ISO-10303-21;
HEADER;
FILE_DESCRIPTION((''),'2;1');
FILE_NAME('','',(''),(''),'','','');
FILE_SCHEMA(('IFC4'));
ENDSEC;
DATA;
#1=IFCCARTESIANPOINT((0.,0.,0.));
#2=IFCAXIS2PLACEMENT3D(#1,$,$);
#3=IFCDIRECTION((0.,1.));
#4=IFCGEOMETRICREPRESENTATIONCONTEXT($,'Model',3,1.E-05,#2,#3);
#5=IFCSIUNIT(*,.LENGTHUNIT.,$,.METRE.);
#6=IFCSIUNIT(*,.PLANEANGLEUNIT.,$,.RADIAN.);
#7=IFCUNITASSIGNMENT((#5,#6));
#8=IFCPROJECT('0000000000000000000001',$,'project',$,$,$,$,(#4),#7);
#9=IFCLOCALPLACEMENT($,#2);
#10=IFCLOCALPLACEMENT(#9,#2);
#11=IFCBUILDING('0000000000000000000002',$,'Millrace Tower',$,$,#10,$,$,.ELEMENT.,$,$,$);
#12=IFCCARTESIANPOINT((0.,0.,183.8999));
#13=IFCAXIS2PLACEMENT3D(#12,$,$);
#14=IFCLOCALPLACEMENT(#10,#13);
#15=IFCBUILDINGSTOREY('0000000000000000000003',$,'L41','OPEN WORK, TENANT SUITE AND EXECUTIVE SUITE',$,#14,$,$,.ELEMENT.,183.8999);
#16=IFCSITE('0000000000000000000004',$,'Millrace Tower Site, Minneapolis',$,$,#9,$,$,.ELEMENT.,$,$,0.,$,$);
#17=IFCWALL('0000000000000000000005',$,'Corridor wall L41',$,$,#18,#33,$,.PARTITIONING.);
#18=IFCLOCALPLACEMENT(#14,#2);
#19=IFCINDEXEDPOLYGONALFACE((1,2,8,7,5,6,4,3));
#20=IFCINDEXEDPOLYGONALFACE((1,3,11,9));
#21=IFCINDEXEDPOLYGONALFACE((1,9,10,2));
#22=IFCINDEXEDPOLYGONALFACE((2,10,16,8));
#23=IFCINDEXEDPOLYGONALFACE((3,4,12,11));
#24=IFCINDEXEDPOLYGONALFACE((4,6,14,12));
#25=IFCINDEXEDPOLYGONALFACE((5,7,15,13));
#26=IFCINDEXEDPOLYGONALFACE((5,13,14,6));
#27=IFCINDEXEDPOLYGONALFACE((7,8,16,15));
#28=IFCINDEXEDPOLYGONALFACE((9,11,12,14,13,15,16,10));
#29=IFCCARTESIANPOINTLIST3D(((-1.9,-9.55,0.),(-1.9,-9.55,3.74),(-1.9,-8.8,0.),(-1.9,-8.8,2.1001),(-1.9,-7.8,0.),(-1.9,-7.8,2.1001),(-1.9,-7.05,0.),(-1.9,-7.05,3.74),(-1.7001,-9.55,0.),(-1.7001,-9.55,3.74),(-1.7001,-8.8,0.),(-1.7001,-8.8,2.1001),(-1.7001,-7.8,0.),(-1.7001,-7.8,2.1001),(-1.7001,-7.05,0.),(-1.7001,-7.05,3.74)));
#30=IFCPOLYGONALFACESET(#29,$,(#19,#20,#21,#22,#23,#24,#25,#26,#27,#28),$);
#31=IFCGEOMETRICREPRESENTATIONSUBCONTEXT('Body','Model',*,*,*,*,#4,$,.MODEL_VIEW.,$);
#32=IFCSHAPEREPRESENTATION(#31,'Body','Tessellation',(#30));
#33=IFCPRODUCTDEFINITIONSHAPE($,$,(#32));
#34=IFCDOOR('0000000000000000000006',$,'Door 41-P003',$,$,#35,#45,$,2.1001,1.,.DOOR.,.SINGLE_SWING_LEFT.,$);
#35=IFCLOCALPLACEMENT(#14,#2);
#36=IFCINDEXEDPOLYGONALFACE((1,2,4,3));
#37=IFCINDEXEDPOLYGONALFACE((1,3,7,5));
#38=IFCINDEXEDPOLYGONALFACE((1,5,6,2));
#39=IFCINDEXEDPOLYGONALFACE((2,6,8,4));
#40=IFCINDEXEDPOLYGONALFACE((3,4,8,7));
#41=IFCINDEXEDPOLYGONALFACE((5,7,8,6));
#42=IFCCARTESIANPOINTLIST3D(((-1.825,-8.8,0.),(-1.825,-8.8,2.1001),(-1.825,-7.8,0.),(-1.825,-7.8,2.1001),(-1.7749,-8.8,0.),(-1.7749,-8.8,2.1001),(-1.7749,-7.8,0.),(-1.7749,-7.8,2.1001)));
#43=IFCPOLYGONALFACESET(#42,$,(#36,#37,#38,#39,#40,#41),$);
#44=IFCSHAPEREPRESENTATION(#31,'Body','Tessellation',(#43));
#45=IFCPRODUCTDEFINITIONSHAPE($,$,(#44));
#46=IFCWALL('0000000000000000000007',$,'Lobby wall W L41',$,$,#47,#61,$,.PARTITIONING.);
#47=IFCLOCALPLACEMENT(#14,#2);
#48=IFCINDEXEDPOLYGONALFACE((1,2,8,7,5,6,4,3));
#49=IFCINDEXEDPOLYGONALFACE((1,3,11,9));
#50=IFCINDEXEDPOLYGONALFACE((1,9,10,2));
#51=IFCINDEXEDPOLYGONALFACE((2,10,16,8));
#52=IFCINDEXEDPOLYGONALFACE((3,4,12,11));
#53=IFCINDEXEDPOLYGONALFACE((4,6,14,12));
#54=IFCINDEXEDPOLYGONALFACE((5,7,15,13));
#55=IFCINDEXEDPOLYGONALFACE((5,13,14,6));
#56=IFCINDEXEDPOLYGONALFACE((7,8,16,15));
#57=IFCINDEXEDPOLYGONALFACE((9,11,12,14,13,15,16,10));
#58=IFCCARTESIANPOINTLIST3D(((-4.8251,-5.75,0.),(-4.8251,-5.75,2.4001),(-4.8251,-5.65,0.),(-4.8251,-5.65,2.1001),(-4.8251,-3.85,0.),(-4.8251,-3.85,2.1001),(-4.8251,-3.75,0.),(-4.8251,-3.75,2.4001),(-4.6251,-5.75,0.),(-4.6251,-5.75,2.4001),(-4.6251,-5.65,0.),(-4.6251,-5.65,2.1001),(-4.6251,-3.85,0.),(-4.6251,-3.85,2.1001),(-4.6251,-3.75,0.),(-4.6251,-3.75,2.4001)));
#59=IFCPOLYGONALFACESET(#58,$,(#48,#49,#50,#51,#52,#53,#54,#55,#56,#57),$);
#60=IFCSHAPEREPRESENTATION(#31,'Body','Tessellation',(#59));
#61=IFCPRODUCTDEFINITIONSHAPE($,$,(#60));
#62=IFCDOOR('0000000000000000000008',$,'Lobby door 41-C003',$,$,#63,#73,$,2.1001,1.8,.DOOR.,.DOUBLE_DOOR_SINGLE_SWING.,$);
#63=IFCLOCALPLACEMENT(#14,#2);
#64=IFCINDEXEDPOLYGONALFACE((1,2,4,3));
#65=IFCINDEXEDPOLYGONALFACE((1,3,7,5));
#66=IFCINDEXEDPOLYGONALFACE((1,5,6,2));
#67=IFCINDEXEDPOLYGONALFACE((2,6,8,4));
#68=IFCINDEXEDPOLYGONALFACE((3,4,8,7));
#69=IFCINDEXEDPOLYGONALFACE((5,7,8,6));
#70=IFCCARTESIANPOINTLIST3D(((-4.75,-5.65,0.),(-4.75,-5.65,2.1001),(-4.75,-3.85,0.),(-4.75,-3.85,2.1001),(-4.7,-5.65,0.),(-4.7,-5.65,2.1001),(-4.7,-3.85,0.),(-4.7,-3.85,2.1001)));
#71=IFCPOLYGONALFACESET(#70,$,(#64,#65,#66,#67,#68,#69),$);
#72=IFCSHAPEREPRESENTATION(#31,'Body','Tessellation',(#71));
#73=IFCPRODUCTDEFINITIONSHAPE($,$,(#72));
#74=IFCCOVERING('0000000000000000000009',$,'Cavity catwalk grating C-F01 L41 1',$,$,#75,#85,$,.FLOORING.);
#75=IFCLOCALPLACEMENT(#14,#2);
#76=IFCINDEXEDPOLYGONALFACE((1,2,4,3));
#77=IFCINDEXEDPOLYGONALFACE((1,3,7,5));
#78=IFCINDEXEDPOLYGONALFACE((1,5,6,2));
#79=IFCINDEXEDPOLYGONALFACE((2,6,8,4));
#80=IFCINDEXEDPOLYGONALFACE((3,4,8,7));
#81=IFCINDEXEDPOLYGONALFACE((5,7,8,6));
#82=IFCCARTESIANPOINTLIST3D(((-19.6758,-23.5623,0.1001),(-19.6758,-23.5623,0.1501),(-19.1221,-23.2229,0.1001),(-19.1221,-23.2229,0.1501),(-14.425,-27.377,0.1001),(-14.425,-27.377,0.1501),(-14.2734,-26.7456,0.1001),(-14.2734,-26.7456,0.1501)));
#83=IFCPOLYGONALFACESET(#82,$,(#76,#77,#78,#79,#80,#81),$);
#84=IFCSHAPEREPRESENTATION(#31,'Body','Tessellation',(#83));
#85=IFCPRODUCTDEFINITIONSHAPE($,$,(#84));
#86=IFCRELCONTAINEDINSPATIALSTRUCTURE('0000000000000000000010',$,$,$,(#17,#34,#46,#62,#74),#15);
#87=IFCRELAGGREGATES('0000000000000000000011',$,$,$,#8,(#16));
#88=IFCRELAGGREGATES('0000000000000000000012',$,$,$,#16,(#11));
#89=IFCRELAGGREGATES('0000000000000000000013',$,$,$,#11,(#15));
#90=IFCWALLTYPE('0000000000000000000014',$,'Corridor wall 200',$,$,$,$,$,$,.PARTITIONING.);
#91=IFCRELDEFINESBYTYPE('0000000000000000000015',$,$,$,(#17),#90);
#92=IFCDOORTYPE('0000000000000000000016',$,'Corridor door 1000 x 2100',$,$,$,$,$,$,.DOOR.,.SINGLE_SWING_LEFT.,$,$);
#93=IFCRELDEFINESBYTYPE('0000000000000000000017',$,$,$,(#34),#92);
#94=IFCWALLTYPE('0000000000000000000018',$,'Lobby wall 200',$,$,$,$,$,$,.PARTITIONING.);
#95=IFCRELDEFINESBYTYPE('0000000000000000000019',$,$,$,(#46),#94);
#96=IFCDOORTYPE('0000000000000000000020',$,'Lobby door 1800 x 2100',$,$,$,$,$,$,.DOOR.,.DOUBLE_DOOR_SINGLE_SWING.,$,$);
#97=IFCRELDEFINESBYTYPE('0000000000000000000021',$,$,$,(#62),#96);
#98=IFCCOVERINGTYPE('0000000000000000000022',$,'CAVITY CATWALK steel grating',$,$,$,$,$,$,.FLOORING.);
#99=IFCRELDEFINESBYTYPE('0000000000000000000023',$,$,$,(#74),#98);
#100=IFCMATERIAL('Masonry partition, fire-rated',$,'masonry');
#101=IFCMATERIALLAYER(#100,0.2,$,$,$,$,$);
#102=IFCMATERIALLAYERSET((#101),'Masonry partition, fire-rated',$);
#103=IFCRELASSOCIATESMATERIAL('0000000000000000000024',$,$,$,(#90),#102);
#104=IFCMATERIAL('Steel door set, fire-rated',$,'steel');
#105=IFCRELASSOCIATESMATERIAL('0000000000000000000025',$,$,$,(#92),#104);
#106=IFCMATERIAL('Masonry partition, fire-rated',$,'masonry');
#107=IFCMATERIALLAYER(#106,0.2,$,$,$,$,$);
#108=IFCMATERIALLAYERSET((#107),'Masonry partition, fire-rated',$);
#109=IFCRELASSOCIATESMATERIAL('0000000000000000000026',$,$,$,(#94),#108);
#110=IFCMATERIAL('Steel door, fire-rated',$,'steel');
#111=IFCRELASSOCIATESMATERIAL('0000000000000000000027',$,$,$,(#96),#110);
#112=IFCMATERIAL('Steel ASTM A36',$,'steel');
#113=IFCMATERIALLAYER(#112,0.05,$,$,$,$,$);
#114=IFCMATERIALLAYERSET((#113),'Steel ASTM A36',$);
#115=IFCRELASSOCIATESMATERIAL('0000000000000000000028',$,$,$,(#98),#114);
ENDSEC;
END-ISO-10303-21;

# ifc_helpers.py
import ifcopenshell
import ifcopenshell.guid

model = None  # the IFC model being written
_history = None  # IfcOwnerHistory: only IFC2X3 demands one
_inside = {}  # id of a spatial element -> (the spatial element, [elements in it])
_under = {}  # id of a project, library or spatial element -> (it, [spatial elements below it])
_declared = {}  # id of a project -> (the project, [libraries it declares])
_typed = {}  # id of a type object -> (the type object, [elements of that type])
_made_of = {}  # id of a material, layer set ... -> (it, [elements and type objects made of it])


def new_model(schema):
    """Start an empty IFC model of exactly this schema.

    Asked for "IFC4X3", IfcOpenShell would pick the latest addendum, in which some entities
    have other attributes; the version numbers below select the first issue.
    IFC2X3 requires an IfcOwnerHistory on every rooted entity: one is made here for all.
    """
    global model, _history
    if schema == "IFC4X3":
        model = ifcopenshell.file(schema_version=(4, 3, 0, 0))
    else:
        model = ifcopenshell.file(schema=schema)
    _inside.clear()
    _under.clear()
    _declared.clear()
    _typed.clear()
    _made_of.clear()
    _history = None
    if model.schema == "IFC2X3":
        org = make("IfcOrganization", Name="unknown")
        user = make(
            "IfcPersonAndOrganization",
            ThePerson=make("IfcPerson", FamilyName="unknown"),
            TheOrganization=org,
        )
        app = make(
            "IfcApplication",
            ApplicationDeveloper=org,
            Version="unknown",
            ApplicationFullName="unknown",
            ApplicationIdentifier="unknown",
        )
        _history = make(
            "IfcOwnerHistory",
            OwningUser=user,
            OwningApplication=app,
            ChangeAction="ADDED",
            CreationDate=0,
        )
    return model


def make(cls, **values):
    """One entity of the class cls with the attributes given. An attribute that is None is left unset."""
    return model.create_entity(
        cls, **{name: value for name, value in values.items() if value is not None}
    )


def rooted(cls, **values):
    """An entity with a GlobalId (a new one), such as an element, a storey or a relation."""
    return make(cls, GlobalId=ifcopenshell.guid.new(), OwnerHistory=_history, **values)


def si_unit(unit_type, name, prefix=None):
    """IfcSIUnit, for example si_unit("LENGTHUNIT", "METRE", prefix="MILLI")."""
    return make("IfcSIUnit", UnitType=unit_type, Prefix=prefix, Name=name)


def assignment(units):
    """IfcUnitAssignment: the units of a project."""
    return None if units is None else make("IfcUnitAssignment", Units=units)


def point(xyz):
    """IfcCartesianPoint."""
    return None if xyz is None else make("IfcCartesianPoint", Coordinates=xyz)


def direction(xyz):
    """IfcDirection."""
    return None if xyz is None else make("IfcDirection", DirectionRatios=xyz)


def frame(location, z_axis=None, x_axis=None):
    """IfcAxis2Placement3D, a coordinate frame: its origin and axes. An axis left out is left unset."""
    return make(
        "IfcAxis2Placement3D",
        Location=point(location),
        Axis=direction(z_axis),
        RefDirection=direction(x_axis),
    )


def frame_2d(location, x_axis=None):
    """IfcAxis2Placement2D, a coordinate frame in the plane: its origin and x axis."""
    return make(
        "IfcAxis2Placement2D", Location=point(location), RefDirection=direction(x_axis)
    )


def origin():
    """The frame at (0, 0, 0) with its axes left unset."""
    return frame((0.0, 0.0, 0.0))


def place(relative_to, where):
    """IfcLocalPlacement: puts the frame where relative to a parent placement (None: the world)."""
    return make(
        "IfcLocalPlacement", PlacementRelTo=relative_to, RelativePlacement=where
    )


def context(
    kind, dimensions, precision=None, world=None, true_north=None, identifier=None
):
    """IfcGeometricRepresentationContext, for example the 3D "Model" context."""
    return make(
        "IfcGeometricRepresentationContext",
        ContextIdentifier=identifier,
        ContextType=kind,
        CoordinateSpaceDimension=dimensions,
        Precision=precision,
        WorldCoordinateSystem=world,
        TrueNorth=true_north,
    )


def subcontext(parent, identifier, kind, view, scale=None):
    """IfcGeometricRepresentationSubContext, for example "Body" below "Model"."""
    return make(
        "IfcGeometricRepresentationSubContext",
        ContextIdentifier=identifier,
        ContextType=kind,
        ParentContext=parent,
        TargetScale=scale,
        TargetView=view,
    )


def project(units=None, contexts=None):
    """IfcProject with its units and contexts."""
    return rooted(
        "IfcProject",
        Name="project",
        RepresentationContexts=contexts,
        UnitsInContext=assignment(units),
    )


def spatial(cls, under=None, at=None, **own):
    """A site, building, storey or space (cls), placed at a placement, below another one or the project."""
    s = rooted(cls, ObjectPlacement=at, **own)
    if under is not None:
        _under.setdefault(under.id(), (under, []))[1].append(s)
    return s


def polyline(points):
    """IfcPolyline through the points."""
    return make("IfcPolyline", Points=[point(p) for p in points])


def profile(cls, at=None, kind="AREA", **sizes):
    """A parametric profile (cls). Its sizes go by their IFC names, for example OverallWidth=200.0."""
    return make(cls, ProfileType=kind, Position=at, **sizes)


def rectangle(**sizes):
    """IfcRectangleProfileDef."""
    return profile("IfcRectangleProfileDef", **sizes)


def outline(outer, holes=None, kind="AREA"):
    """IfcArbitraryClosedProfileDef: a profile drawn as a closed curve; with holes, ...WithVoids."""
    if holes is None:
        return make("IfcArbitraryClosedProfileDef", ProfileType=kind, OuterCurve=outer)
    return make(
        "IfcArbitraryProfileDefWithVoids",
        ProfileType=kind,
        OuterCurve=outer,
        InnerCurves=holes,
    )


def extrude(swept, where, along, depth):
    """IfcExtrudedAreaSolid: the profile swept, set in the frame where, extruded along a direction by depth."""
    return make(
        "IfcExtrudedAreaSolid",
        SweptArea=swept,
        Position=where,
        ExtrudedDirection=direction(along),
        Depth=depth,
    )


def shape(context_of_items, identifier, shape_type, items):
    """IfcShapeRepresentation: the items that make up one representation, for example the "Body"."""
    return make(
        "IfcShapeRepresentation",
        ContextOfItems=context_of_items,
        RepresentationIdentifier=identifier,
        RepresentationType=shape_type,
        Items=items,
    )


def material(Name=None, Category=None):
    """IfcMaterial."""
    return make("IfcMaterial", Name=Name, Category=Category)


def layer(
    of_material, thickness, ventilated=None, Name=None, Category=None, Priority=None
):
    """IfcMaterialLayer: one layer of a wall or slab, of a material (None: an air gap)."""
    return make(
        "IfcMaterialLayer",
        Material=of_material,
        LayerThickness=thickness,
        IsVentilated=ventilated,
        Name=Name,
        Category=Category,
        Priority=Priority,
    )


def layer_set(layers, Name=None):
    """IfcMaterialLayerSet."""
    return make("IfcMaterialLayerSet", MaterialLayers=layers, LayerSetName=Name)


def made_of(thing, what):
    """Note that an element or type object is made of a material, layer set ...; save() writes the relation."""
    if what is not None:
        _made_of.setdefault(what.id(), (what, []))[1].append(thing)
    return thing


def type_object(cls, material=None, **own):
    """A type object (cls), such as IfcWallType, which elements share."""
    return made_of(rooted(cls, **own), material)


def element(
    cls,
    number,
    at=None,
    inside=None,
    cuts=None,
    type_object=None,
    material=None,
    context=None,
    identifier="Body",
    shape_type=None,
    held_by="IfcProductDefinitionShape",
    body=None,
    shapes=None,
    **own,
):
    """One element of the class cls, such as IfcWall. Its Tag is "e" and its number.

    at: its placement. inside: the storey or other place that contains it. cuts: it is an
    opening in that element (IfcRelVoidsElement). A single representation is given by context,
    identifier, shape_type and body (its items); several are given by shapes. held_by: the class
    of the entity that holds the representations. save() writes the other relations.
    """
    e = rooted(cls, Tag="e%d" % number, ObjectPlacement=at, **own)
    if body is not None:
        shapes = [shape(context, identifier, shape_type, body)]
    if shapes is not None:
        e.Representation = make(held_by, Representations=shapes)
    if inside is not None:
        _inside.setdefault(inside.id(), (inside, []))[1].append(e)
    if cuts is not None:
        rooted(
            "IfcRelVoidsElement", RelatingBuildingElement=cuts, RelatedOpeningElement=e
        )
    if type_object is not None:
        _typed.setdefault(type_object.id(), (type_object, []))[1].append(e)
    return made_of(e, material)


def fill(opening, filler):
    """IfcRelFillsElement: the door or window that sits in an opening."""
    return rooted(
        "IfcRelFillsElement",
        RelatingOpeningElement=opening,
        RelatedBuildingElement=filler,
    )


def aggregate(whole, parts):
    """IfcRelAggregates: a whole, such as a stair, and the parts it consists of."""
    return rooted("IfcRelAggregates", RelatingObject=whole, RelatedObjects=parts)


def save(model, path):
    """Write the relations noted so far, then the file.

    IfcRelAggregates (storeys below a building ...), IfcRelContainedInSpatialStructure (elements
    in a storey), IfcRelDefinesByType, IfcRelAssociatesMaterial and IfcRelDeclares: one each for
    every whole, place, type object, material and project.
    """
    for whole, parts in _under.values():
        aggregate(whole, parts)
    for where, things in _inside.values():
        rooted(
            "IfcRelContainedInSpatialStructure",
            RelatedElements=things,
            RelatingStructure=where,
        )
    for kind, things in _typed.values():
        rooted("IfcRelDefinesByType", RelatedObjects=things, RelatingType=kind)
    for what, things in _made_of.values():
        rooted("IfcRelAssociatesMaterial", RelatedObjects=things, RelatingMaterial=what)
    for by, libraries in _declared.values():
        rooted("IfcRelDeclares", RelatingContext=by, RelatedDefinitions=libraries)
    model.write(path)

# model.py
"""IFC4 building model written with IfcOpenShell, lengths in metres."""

from ifc_helpers import new_model, si_unit, direction, frame, frame_2d, origin, place, context, subcontext, project, spatial, polyline, rectangle, outline, extrude, material, layer, layer_set, type_object, element, fill, save


model = new_model("IFC4")

# Units and contexts
model_context = context("Model", 3, precision=1e-05, world=origin(), true_north=direction((0.0, 1.0)))
body_context = subcontext(model_context, "Body", "Model", "MODEL_VIEW")
ifc_project = project(units=[si_unit("LENGTHUNIT", "METRE"), si_unit("PLANEANGLEUNIT", "RADIAN")], contexts=[model_context])

# Site, building, storey
site_placement = place(None, origin())
site = spatial("IfcSite", under=ifc_project, at=site_placement, Name="Millrace Tower Site, Minneapolis", CompositionType="ELEMENT", RefElevation=0.0)
building_placement = place(site_placement, origin())
building = spatial("IfcBuilding", under=site, at=building_placement, Name="Millrace Tower", CompositionType="ELEMENT")
storey_placement = place(building_placement, frame((0.0, 0.0, 183.8999)))
storey = spatial("IfcBuildingStorey", under=building, at=storey_placement, Name="L41", Description="OPEN WORK, TENANT SUITE AND EXECUTIVE SUITE", CompositionType="ELEMENT", Elevation=183.8999)

# Shared definitions
ifc_material_1 = material(Name="Masonry partition, fire-rated", Category="masonry")
ifc_layer_1 = layer(ifc_material_1, 0.2)
ifc_layer_set_1 = layer_set([ifc_layer_1], Name="Masonry partition, fire-rated")
wall_type_1 = type_object("IfcWallType", Name="Corridor wall 200", PredefinedType="PARTITIONING", material=ifc_layer_set_1)

# Walls, openings, doors
wall_1_placement = place(storey_placement, frame((-1.8, -9.55, 0.0), z_axis=(0.0, 0.0, 1.0), x_axis=(0.0, 1.0, 0.0)))
wall_1 = element("IfcWall", 1, at=wall_1_placement, inside=storey, type_object=wall_type_1, Name="Corridor wall L41", PredefinedType="PARTITIONING", context=body_context, shape_type="SweptSolid", body=[
    extrude(rectangle(XDim=2.5, YDim=0.2, at=frame_2d((1.25, 0.0))), origin(), (0.0, 0.0, 1.0), 3.74),
])
opening_1_placement = place(wall_1_placement, frame((0.75, 0.0, 0.0)))
opening_1 = element("IfcOpeningElement", 2, at=opening_1_placement, cuts=wall_1, PredefinedType="OPENING", context=body_context, shape_type="SweptSolid", body=[
    extrude(rectangle(XDim=1.0, YDim=2.1001, at=frame_2d((0.5, 1.05))), frame((0.0, 0.1099, 0.0), z_axis=(0.0, -1.0, 0.0), x_axis=(1.0, 0.0, 0.0)), (0.0, 0.0, 1.0), 0.22),
])
ifc_material_2 = material(Name="Steel door set, fire-rated", Category="steel")
door_type_1 = type_object("IfcDoorType", Name="Corridor door 1000 x 2100", OperationType="SINGLE_SWING_LEFT", PredefinedType="DOOR", material=ifc_material_2)
door_1_placement = place(opening_1_placement, origin())
door_1 = element("IfcDoor", 3, at=door_1_placement, inside=storey, type_object=door_type_1, Name="Door 41-P003", OperationType="SINGLE_SWING_LEFT", OverallHeight=2.1001, OverallWidth=1.0, PredefinedType="DOOR", context=body_context, shape_type="SweptSolid", body=[
    extrude(rectangle(XDim=1.0, YDim=2.1001, at=frame_2d((0.5, 1.05))), frame((0.0, 0.0249, 0.0), z_axis=(0.0, -1.0, 0.0), x_axis=(1.0, 0.0, 0.0)), (0.0, 0.0, 1.0), 0.05),
])
fill(opening_1, door_1)
ifc_material_3 = material(Name="Masonry partition, fire-rated", Category="masonry")
ifc_layer_2 = layer(ifc_material_3, 0.2)
ifc_layer_set_2 = layer_set([ifc_layer_2], Name="Masonry partition, fire-rated")
wall_type_2 = type_object("IfcWallType", Name="Lobby wall 200", PredefinedType="PARTITIONING", material=ifc_layer_set_2)
wall_2_placement = place(storey_placement, frame((-4.7251, -5.75, 0.0), z_axis=(0.0, 0.0, 1.0), x_axis=(0.0, 1.0, 0.0)))
wall_2 = element("IfcWall", 4, at=wall_2_placement, inside=storey, type_object=wall_type_2, Name="Lobby wall W L41", PredefinedType="PARTITIONING", context=body_context, shape_type="SweptSolid", body=[
    extrude(rectangle(XDim=2.0, YDim=0.2, at=frame_2d((1.0, 0.0))), origin(), (0.0, 0.0, 1.0), 2.4001),
])
opening_2_placement = place(wall_2_placement, frame((0.1001, 0.0, 0.0)))
opening_2 = element("IfcOpeningElement", 5, at=opening_2_placement, cuts=wall_2, PredefinedType="OPENING", context=body_context, shape_type="SweptSolid", body=[
    extrude(rectangle(XDim=1.8, YDim=2.1001, at=frame_2d((0.8999, 1.05))), frame((0.0, 0.1099, 0.0), z_axis=(0.0, -1.0, 0.0), x_axis=(1.0, 0.0, 0.0)), (0.0, 0.0, 1.0), 0.22),
])
ifc_material_4 = material(Name="Steel door, fire-rated", Category="steel")
door_type_2 = type_object("IfcDoorType", Name="Lobby door 1800 x 2100", OperationType="DOUBLE_DOOR_SINGLE_SWING", PredefinedType="DOOR", material=ifc_material_4)
door_2_placement = place(opening_2_placement, origin())
door_2 = element("IfcDoor", 6, at=door_2_placement, inside=storey, type_object=door_type_2, Name="Lobby door 41-C003", OperationType="DOUBLE_DOOR_SINGLE_SWING", OverallHeight=2.1001, OverallWidth=1.8, PredefinedType="DOOR", context=body_context, shape_type="SweptSolid", body=[
    extrude(rectangle(XDim=1.8, YDim=2.1001, at=frame_2d((0.8999, 1.05))), frame((0.0, 0.0249, 0.0), z_axis=(0.0, -1.0, 0.0), x_axis=(1.0, 0.0, 0.0)), (0.0, 0.0, 1.0), 0.05),
])
fill(opening_2, door_2)

# Covering
ifc_material_5 = material(Name="Steel ASTM A36", Category="steel")
ifc_layer_3 = layer(ifc_material_5, 0.05)
ifc_layer_set_3 = layer_set([ifc_layer_3], Name="Steel ASTM A36")
covering_type = type_object("IfcCoveringType", Name="CAVITY CATWALK steel grating", PredefinedType="FLOORING", material=ifc_layer_set_3)
covering_placement = place(storey_placement, frame((0.0, 0.0, 0.1001)))
element("IfcCovering", 7, at=covering_placement, inside=storey, type_object=covering_type, Name="Cavity catwalk grating C-F01 L41 1", PredefinedType="FLOORING", context=body_context, shape_type="SweptSolid", body=[
    extrude(outline(polyline([(-19.6758, -23.5623), (-14.425, -27.377), (-14.2734, -26.7456), (-19.1221, -23.2229), (-19.6758, -23.5623)])), origin(), (0.0, 0.0, 1.0), 0.05),
])

save(model, "model.ifc")
